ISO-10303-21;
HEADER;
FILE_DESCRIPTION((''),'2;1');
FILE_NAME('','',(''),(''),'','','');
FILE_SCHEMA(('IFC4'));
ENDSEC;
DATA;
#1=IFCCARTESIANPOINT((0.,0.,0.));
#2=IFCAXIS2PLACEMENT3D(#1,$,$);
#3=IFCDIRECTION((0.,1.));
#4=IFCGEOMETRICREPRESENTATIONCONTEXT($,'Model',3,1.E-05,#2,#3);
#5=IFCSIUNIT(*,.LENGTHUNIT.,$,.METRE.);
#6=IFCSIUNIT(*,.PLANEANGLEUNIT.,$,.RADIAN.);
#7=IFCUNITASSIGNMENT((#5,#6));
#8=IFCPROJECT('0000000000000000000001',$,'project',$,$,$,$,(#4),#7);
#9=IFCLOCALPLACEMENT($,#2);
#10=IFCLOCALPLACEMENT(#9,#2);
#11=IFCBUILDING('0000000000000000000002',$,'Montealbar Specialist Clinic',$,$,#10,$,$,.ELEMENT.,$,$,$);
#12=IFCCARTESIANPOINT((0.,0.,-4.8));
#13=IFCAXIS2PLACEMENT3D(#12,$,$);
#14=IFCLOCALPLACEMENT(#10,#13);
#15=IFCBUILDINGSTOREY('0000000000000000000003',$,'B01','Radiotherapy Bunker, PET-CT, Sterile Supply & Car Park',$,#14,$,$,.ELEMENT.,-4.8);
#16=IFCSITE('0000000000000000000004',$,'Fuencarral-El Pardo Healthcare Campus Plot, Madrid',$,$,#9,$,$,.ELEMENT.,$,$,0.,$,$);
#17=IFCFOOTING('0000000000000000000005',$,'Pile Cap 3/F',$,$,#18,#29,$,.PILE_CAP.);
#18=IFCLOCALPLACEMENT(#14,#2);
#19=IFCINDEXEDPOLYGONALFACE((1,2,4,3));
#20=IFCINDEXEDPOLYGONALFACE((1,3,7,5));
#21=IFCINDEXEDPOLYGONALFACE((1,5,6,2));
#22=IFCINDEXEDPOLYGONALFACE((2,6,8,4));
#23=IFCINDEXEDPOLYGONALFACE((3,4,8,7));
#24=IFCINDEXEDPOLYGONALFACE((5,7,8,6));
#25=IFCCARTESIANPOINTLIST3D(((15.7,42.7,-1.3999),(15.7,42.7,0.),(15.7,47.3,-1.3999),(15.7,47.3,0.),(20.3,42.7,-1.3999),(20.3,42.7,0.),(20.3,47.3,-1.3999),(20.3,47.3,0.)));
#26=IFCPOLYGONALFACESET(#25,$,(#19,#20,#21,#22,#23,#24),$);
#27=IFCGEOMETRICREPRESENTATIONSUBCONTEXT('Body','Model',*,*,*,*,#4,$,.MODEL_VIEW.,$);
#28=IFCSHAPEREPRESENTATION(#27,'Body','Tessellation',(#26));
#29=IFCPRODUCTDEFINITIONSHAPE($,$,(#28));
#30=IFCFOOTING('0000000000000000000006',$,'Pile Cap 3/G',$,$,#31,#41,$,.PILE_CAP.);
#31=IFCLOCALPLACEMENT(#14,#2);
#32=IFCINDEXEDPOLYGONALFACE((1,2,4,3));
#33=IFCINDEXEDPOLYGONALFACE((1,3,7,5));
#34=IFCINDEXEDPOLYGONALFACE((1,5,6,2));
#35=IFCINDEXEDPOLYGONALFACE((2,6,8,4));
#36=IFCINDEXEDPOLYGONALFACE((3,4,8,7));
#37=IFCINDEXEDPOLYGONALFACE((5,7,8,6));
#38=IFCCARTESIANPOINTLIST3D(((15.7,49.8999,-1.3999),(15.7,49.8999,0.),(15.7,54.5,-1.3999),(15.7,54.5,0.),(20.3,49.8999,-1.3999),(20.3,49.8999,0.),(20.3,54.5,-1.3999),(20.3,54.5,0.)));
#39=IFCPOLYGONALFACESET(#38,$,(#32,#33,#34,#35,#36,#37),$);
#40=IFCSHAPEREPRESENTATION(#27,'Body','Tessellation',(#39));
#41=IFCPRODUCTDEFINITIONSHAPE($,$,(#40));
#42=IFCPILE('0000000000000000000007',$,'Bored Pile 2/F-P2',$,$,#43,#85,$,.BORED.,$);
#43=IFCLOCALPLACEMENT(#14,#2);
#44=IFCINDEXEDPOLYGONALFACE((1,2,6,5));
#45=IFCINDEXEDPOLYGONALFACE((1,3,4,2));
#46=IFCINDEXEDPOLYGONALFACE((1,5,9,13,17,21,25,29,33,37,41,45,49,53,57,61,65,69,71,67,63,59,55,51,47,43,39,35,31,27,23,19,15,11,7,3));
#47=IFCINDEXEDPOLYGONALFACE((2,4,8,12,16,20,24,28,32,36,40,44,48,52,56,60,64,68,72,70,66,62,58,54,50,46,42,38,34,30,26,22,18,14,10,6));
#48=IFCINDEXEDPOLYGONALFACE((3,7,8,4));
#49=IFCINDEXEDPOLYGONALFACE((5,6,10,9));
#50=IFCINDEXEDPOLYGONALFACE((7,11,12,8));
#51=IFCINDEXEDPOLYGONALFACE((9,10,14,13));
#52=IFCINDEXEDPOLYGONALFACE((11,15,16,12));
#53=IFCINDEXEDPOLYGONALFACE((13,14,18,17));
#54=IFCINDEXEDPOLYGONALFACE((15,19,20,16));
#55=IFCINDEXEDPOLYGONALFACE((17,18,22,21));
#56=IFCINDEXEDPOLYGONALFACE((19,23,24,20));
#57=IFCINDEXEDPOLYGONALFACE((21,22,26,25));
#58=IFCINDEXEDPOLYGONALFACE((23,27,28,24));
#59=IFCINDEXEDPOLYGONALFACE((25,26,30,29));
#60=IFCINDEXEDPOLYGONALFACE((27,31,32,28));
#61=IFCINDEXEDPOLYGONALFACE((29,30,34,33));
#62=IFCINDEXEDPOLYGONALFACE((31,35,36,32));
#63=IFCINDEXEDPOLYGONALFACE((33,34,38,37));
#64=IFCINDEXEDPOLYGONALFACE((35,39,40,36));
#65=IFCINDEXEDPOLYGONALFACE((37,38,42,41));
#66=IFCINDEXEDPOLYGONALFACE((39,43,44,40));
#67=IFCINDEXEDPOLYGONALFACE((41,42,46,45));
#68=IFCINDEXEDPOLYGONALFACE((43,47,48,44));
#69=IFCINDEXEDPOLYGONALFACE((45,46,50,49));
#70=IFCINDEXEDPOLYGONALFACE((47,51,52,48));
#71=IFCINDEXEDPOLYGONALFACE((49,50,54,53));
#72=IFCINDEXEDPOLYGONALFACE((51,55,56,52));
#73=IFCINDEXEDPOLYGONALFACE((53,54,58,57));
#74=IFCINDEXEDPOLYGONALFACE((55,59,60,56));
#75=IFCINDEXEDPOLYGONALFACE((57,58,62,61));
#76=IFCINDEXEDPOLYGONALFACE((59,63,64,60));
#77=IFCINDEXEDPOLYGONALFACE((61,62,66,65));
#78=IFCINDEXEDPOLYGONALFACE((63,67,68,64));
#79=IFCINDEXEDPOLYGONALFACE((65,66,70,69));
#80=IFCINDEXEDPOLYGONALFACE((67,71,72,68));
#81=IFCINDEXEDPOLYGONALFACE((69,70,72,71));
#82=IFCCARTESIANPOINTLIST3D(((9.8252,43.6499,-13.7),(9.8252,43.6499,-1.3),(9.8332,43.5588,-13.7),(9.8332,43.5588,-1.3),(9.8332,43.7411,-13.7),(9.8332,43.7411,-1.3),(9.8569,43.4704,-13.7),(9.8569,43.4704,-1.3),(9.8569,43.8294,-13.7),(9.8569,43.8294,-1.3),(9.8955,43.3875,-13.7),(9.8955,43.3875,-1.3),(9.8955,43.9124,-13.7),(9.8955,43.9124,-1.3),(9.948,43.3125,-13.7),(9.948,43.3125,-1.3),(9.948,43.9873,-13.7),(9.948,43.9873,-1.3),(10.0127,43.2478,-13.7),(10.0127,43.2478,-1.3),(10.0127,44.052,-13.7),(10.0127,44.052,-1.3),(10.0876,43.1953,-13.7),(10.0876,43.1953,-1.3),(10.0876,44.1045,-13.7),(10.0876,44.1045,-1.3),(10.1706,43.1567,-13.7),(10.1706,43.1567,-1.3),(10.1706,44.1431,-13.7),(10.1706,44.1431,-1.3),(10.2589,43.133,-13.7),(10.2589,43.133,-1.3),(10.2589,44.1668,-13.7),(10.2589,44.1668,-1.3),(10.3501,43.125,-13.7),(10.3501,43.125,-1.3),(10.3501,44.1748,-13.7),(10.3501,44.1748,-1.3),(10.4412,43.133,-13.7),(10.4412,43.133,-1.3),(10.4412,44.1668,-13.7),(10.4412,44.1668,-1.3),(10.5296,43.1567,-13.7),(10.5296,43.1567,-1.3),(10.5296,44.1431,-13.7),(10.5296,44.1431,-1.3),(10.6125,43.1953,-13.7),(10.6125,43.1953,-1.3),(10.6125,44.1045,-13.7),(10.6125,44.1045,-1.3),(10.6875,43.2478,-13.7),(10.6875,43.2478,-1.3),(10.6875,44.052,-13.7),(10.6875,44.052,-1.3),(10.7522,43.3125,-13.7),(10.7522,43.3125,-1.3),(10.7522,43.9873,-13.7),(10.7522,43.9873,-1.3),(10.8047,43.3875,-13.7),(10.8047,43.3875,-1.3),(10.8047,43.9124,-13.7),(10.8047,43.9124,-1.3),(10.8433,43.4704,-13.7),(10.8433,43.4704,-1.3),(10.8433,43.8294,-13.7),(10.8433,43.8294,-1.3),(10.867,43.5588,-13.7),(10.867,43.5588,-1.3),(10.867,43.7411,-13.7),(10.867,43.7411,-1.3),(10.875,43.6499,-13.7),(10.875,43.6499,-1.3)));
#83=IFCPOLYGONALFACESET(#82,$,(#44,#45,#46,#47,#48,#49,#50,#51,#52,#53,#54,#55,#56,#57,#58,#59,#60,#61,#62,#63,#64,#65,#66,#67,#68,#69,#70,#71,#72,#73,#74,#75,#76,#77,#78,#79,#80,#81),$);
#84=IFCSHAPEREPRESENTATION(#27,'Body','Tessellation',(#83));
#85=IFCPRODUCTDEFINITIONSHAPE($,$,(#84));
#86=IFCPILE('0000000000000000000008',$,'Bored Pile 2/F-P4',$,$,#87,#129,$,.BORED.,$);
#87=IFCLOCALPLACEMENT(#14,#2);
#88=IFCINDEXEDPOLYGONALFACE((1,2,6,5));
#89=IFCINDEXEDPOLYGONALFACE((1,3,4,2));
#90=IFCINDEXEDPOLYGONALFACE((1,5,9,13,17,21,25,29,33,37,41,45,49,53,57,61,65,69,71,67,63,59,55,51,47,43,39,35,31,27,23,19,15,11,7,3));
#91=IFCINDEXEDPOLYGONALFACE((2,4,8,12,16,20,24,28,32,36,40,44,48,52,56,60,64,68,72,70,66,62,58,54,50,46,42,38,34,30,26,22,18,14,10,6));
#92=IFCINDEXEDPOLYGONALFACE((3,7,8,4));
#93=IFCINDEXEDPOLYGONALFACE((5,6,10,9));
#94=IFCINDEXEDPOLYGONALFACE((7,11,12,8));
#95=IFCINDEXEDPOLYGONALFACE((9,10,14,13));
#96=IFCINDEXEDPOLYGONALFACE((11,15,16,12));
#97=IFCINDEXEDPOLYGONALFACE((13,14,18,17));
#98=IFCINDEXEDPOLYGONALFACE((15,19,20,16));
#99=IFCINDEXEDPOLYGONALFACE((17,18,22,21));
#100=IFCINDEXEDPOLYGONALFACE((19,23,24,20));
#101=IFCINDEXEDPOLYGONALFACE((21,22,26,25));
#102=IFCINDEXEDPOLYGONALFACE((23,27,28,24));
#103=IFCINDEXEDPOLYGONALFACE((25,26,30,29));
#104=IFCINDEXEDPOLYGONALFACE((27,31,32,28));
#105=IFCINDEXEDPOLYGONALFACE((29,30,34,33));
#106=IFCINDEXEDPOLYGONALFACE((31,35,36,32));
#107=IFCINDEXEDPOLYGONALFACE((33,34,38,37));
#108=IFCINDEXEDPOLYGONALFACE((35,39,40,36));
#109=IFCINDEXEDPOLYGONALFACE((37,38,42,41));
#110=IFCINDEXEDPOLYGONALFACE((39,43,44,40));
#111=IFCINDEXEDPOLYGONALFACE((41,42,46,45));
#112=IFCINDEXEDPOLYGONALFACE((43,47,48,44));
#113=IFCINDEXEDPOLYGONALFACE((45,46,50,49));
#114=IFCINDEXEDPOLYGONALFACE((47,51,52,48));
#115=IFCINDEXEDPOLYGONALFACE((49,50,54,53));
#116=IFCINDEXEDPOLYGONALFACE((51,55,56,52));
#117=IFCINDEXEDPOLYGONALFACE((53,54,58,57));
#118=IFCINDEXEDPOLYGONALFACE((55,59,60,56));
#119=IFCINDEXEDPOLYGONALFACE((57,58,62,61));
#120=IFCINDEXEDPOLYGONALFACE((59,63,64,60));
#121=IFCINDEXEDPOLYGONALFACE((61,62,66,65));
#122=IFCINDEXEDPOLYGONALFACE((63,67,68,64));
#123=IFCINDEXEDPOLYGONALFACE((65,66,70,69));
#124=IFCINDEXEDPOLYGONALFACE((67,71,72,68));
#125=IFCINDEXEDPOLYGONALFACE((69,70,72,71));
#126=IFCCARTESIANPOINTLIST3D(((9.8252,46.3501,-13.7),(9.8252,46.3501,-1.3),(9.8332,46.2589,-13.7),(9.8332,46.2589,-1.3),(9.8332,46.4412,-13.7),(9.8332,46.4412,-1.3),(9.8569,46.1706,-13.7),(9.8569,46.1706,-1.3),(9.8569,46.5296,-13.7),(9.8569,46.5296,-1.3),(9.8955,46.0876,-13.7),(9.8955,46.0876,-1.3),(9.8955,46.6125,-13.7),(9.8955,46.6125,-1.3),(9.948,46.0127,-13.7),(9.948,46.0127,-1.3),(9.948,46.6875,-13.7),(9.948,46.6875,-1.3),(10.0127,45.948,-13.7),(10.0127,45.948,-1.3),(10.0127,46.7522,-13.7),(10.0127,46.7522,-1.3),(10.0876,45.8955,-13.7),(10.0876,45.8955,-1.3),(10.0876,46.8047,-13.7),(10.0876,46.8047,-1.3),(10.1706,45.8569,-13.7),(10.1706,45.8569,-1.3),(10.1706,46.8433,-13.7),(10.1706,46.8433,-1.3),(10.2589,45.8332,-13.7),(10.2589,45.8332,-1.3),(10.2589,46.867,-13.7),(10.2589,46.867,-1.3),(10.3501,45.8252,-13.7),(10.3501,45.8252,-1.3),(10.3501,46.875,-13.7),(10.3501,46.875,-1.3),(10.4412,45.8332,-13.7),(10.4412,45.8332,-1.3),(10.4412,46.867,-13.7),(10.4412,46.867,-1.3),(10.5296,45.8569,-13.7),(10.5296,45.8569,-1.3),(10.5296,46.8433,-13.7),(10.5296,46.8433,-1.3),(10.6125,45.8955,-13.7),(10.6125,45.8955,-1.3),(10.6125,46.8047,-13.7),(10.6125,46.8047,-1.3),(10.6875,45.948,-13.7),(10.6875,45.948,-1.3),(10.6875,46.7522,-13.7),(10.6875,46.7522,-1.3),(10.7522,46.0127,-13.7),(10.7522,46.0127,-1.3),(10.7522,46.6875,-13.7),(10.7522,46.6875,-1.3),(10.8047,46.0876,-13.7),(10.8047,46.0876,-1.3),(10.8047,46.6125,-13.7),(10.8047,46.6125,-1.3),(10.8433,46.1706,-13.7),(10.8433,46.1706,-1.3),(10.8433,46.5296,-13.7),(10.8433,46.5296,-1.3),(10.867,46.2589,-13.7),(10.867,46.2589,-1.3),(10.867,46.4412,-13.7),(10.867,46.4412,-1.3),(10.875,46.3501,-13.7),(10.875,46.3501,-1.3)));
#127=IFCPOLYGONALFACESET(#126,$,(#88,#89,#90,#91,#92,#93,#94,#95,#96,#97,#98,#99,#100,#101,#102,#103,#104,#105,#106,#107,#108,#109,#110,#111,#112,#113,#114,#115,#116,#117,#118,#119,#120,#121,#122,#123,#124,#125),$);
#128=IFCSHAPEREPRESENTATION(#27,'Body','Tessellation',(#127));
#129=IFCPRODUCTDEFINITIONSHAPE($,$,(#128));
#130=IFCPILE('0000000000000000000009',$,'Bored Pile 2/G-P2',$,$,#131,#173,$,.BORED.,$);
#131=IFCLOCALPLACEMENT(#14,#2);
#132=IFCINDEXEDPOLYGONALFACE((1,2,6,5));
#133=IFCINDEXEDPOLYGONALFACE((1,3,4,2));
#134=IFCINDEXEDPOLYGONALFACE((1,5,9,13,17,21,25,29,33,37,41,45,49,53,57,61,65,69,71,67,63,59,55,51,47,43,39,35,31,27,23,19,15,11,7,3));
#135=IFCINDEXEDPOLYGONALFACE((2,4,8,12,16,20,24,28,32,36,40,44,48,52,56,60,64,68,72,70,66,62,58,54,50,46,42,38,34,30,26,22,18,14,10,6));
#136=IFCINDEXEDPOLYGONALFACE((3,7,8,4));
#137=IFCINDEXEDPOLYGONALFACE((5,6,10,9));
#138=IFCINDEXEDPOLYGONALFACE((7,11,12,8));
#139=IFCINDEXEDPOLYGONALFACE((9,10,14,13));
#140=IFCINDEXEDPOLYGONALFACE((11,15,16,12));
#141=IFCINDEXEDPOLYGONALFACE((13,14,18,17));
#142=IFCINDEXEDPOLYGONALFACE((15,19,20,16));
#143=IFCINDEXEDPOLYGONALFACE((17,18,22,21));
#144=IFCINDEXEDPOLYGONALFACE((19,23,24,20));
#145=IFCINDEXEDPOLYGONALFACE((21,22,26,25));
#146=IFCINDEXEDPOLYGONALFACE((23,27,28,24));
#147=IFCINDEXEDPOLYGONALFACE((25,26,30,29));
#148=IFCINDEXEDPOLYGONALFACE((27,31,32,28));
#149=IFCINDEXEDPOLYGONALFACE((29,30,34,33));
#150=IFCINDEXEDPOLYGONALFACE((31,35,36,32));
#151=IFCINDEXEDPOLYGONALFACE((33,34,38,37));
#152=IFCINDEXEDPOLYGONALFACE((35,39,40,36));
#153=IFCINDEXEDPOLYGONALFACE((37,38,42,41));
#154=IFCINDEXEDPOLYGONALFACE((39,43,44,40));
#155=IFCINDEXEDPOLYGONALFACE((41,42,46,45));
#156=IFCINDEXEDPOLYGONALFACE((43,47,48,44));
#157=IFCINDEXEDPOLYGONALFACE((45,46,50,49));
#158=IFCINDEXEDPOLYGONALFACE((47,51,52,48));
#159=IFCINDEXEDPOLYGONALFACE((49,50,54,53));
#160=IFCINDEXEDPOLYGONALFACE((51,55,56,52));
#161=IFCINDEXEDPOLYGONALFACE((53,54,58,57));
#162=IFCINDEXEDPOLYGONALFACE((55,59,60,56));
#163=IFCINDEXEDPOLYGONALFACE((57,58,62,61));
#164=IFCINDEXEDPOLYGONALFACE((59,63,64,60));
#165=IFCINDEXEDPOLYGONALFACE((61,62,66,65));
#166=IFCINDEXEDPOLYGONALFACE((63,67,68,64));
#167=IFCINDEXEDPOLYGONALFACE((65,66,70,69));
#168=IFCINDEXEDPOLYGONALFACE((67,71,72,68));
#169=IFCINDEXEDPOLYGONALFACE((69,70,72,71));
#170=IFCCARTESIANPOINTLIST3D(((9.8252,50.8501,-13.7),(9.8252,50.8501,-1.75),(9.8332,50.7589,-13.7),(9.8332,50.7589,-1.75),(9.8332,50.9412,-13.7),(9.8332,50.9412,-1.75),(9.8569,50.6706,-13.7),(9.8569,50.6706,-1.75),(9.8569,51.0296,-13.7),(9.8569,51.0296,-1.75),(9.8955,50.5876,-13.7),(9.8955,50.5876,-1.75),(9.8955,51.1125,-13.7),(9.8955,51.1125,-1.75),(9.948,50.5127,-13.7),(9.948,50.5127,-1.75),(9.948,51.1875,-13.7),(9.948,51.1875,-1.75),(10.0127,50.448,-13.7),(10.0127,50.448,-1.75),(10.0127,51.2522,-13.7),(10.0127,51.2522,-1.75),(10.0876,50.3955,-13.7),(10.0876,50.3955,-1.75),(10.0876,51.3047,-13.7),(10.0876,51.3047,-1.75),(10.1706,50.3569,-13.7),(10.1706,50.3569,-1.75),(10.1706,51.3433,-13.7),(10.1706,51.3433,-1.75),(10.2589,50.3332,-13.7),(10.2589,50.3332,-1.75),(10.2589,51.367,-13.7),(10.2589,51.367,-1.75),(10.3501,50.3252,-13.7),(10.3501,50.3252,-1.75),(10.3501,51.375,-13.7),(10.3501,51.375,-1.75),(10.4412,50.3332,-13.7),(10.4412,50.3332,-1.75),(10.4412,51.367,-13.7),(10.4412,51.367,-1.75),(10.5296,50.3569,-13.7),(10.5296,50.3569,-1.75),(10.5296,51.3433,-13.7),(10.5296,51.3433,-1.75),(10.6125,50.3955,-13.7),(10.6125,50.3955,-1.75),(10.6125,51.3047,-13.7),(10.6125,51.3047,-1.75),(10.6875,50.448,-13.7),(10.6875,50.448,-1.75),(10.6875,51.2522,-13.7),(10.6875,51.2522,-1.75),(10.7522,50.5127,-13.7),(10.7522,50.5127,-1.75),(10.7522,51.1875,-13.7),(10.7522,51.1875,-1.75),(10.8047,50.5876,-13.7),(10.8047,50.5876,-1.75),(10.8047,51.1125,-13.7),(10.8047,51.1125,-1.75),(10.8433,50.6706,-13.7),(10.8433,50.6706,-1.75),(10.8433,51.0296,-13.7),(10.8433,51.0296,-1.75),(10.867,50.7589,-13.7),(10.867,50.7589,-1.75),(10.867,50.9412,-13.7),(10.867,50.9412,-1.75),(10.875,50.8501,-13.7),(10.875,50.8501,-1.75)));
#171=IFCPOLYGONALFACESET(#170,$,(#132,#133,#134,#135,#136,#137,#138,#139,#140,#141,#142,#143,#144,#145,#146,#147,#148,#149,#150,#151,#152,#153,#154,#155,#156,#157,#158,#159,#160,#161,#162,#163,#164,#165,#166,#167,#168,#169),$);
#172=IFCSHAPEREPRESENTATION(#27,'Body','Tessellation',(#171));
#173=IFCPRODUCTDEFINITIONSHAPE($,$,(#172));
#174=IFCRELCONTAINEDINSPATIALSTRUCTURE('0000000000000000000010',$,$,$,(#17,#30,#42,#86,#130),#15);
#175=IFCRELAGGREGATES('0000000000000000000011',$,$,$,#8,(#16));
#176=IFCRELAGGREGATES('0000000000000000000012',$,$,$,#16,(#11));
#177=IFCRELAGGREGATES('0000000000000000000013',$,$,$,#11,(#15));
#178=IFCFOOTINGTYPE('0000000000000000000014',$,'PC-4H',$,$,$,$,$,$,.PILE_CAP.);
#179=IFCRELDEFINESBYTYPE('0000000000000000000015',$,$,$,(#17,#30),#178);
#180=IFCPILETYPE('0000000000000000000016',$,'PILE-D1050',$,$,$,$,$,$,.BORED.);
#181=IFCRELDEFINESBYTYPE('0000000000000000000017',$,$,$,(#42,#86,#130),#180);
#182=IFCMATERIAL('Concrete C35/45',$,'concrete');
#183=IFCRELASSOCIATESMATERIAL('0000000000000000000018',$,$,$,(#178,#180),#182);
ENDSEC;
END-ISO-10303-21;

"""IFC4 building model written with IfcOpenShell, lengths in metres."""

from ifc_helpers import new_model, si_unit, direction, frame, origin, origin_2d, place, context, subcontext, project, spatial, rectangle, circle, extrude, material, material_profile, profile_set, type_object, element, save


model = new_model("IFC4")

# Units and contexts
model_context = context("Model", 3, precision=1e-05, world=origin(), true_north=direction((0.0, 1.0)))
body_context = subcontext(model_context, "Body", "Model", "MODEL_VIEW")
ifc_project = project(units=[si_unit("LENGTHUNIT", "METRE"), si_unit("PLANEANGLEUNIT", "RADIAN")], contexts=[model_context])

# Site, building, storey
site_placement = place(None, origin())
site = spatial("IfcSite", under=ifc_project, at=site_placement, Name="Fuencarral-El Pardo Healthcare Campus Plot, Madrid", CompositionType="ELEMENT", RefElevation=0.0)
building_placement = place(site_placement, origin())
building = spatial("IfcBuilding", under=site, at=building_placement, Name="Montealbar Specialist Clinic", CompositionType="ELEMENT")
storey_placement = place(building_placement, frame((0.0, 0.0, -4.8)))
storey = spatial("IfcBuildingStorey", under=building, at=storey_placement, Name="B01", Description="Radiotherapy Bunker, PET-CT, Sterile Supply & Car Park", CompositionType="ELEMENT", Elevation=-4.8)

# Footings
ifc_material_1 = material(Name="Concrete C35/45", Category="concrete")
footing_type = type_object("IfcFootingType", Name="PC-4H", PredefinedType="PILE_CAP", material=ifc_material_1)
for number, where, z_axis, x_axis, name in (
    (1, (18.0, 45.0, -1.3999), (0.0, 0.0, 1.0), (1.0, 0.0, 0.0), "Pile Cap 3/F"),
    (2, (18.0, 52.2, -1.3999), (0.0, 0.0, 1.0), (1.0, 0.0, 0.0), "Pile Cap 3/G"),
):
    element("IfcFooting", number, at=place(storey_placement, frame(where, z_axis=z_axis, x_axis=x_axis)), inside=storey, type_object=footing_type, Name=name, PredefinedType="PILE_CAP", context=body_context, shape_type="SweptSolid", body=[
        extrude(rectangle(XDim=4.6001, YDim=4.6001, at=origin_2d()), origin(), (0.0, 0.0, 1.0), 1.3999),
    ])

# Piles
ifc_material_profile_1 = material_profile(ifc_material_1, circle(Radius=0.5249, at=origin_2d()), Name="PILE D1050", Category="concrete")
ifc_profile_set_1 = profile_set([ifc_material_profile_1], Name="Concrete C35/45")
pile_type = type_object("IfcPileType", Name="PILE-D1050", PredefinedType="BORED", material=ifc_profile_set_1)
for number, where, z_axis, x_axis, name in (
    (3, (10.3501, 43.6499, -1.3), (0.0, 0.0, -1.0), (1.0, 0.0, 0.0), "Bored Pile 2/F-P2"),
    (4, (10.3501, 46.3501, -1.3), (0.0, 0.0, -1.0), (1.0, 0.0, 0.0), "Bored Pile 2/F-P4"),
):
    element("IfcPile", number, at=place(storey_placement, frame(where, z_axis=z_axis, x_axis=x_axis)), inside=storey, type_object=pile_type, Name=name, PredefinedType="BORED", context=body_context, shape_type="SweptSolid", body=[
        extrude(circle(Radius=0.5249, at=origin_2d()), origin(), (0.0, 0.0, 1.0), 12.3999),
    ])
for number, where, z_axis, x_axis, name in (
    (5, (10.3501, 50.8501, -1.75), (0.0, 0.0, -1.0), (1.0, 0.0, 0.0), "Bored Pile 2/G-P2"),
):
    element("IfcPile", number, at=place(storey_placement, frame(where, z_axis=z_axis, x_axis=x_axis)), inside=storey, type_object=pile_type, Name=name, PredefinedType="BORED", context=body_context, shape_type="SweptSolid", body=[
        extrude(circle(Radius=0.5249, at=origin_2d()), origin(), (0.0, 0.0, 1.0), 11.95),
    ])

save(model, "model.ifc")
